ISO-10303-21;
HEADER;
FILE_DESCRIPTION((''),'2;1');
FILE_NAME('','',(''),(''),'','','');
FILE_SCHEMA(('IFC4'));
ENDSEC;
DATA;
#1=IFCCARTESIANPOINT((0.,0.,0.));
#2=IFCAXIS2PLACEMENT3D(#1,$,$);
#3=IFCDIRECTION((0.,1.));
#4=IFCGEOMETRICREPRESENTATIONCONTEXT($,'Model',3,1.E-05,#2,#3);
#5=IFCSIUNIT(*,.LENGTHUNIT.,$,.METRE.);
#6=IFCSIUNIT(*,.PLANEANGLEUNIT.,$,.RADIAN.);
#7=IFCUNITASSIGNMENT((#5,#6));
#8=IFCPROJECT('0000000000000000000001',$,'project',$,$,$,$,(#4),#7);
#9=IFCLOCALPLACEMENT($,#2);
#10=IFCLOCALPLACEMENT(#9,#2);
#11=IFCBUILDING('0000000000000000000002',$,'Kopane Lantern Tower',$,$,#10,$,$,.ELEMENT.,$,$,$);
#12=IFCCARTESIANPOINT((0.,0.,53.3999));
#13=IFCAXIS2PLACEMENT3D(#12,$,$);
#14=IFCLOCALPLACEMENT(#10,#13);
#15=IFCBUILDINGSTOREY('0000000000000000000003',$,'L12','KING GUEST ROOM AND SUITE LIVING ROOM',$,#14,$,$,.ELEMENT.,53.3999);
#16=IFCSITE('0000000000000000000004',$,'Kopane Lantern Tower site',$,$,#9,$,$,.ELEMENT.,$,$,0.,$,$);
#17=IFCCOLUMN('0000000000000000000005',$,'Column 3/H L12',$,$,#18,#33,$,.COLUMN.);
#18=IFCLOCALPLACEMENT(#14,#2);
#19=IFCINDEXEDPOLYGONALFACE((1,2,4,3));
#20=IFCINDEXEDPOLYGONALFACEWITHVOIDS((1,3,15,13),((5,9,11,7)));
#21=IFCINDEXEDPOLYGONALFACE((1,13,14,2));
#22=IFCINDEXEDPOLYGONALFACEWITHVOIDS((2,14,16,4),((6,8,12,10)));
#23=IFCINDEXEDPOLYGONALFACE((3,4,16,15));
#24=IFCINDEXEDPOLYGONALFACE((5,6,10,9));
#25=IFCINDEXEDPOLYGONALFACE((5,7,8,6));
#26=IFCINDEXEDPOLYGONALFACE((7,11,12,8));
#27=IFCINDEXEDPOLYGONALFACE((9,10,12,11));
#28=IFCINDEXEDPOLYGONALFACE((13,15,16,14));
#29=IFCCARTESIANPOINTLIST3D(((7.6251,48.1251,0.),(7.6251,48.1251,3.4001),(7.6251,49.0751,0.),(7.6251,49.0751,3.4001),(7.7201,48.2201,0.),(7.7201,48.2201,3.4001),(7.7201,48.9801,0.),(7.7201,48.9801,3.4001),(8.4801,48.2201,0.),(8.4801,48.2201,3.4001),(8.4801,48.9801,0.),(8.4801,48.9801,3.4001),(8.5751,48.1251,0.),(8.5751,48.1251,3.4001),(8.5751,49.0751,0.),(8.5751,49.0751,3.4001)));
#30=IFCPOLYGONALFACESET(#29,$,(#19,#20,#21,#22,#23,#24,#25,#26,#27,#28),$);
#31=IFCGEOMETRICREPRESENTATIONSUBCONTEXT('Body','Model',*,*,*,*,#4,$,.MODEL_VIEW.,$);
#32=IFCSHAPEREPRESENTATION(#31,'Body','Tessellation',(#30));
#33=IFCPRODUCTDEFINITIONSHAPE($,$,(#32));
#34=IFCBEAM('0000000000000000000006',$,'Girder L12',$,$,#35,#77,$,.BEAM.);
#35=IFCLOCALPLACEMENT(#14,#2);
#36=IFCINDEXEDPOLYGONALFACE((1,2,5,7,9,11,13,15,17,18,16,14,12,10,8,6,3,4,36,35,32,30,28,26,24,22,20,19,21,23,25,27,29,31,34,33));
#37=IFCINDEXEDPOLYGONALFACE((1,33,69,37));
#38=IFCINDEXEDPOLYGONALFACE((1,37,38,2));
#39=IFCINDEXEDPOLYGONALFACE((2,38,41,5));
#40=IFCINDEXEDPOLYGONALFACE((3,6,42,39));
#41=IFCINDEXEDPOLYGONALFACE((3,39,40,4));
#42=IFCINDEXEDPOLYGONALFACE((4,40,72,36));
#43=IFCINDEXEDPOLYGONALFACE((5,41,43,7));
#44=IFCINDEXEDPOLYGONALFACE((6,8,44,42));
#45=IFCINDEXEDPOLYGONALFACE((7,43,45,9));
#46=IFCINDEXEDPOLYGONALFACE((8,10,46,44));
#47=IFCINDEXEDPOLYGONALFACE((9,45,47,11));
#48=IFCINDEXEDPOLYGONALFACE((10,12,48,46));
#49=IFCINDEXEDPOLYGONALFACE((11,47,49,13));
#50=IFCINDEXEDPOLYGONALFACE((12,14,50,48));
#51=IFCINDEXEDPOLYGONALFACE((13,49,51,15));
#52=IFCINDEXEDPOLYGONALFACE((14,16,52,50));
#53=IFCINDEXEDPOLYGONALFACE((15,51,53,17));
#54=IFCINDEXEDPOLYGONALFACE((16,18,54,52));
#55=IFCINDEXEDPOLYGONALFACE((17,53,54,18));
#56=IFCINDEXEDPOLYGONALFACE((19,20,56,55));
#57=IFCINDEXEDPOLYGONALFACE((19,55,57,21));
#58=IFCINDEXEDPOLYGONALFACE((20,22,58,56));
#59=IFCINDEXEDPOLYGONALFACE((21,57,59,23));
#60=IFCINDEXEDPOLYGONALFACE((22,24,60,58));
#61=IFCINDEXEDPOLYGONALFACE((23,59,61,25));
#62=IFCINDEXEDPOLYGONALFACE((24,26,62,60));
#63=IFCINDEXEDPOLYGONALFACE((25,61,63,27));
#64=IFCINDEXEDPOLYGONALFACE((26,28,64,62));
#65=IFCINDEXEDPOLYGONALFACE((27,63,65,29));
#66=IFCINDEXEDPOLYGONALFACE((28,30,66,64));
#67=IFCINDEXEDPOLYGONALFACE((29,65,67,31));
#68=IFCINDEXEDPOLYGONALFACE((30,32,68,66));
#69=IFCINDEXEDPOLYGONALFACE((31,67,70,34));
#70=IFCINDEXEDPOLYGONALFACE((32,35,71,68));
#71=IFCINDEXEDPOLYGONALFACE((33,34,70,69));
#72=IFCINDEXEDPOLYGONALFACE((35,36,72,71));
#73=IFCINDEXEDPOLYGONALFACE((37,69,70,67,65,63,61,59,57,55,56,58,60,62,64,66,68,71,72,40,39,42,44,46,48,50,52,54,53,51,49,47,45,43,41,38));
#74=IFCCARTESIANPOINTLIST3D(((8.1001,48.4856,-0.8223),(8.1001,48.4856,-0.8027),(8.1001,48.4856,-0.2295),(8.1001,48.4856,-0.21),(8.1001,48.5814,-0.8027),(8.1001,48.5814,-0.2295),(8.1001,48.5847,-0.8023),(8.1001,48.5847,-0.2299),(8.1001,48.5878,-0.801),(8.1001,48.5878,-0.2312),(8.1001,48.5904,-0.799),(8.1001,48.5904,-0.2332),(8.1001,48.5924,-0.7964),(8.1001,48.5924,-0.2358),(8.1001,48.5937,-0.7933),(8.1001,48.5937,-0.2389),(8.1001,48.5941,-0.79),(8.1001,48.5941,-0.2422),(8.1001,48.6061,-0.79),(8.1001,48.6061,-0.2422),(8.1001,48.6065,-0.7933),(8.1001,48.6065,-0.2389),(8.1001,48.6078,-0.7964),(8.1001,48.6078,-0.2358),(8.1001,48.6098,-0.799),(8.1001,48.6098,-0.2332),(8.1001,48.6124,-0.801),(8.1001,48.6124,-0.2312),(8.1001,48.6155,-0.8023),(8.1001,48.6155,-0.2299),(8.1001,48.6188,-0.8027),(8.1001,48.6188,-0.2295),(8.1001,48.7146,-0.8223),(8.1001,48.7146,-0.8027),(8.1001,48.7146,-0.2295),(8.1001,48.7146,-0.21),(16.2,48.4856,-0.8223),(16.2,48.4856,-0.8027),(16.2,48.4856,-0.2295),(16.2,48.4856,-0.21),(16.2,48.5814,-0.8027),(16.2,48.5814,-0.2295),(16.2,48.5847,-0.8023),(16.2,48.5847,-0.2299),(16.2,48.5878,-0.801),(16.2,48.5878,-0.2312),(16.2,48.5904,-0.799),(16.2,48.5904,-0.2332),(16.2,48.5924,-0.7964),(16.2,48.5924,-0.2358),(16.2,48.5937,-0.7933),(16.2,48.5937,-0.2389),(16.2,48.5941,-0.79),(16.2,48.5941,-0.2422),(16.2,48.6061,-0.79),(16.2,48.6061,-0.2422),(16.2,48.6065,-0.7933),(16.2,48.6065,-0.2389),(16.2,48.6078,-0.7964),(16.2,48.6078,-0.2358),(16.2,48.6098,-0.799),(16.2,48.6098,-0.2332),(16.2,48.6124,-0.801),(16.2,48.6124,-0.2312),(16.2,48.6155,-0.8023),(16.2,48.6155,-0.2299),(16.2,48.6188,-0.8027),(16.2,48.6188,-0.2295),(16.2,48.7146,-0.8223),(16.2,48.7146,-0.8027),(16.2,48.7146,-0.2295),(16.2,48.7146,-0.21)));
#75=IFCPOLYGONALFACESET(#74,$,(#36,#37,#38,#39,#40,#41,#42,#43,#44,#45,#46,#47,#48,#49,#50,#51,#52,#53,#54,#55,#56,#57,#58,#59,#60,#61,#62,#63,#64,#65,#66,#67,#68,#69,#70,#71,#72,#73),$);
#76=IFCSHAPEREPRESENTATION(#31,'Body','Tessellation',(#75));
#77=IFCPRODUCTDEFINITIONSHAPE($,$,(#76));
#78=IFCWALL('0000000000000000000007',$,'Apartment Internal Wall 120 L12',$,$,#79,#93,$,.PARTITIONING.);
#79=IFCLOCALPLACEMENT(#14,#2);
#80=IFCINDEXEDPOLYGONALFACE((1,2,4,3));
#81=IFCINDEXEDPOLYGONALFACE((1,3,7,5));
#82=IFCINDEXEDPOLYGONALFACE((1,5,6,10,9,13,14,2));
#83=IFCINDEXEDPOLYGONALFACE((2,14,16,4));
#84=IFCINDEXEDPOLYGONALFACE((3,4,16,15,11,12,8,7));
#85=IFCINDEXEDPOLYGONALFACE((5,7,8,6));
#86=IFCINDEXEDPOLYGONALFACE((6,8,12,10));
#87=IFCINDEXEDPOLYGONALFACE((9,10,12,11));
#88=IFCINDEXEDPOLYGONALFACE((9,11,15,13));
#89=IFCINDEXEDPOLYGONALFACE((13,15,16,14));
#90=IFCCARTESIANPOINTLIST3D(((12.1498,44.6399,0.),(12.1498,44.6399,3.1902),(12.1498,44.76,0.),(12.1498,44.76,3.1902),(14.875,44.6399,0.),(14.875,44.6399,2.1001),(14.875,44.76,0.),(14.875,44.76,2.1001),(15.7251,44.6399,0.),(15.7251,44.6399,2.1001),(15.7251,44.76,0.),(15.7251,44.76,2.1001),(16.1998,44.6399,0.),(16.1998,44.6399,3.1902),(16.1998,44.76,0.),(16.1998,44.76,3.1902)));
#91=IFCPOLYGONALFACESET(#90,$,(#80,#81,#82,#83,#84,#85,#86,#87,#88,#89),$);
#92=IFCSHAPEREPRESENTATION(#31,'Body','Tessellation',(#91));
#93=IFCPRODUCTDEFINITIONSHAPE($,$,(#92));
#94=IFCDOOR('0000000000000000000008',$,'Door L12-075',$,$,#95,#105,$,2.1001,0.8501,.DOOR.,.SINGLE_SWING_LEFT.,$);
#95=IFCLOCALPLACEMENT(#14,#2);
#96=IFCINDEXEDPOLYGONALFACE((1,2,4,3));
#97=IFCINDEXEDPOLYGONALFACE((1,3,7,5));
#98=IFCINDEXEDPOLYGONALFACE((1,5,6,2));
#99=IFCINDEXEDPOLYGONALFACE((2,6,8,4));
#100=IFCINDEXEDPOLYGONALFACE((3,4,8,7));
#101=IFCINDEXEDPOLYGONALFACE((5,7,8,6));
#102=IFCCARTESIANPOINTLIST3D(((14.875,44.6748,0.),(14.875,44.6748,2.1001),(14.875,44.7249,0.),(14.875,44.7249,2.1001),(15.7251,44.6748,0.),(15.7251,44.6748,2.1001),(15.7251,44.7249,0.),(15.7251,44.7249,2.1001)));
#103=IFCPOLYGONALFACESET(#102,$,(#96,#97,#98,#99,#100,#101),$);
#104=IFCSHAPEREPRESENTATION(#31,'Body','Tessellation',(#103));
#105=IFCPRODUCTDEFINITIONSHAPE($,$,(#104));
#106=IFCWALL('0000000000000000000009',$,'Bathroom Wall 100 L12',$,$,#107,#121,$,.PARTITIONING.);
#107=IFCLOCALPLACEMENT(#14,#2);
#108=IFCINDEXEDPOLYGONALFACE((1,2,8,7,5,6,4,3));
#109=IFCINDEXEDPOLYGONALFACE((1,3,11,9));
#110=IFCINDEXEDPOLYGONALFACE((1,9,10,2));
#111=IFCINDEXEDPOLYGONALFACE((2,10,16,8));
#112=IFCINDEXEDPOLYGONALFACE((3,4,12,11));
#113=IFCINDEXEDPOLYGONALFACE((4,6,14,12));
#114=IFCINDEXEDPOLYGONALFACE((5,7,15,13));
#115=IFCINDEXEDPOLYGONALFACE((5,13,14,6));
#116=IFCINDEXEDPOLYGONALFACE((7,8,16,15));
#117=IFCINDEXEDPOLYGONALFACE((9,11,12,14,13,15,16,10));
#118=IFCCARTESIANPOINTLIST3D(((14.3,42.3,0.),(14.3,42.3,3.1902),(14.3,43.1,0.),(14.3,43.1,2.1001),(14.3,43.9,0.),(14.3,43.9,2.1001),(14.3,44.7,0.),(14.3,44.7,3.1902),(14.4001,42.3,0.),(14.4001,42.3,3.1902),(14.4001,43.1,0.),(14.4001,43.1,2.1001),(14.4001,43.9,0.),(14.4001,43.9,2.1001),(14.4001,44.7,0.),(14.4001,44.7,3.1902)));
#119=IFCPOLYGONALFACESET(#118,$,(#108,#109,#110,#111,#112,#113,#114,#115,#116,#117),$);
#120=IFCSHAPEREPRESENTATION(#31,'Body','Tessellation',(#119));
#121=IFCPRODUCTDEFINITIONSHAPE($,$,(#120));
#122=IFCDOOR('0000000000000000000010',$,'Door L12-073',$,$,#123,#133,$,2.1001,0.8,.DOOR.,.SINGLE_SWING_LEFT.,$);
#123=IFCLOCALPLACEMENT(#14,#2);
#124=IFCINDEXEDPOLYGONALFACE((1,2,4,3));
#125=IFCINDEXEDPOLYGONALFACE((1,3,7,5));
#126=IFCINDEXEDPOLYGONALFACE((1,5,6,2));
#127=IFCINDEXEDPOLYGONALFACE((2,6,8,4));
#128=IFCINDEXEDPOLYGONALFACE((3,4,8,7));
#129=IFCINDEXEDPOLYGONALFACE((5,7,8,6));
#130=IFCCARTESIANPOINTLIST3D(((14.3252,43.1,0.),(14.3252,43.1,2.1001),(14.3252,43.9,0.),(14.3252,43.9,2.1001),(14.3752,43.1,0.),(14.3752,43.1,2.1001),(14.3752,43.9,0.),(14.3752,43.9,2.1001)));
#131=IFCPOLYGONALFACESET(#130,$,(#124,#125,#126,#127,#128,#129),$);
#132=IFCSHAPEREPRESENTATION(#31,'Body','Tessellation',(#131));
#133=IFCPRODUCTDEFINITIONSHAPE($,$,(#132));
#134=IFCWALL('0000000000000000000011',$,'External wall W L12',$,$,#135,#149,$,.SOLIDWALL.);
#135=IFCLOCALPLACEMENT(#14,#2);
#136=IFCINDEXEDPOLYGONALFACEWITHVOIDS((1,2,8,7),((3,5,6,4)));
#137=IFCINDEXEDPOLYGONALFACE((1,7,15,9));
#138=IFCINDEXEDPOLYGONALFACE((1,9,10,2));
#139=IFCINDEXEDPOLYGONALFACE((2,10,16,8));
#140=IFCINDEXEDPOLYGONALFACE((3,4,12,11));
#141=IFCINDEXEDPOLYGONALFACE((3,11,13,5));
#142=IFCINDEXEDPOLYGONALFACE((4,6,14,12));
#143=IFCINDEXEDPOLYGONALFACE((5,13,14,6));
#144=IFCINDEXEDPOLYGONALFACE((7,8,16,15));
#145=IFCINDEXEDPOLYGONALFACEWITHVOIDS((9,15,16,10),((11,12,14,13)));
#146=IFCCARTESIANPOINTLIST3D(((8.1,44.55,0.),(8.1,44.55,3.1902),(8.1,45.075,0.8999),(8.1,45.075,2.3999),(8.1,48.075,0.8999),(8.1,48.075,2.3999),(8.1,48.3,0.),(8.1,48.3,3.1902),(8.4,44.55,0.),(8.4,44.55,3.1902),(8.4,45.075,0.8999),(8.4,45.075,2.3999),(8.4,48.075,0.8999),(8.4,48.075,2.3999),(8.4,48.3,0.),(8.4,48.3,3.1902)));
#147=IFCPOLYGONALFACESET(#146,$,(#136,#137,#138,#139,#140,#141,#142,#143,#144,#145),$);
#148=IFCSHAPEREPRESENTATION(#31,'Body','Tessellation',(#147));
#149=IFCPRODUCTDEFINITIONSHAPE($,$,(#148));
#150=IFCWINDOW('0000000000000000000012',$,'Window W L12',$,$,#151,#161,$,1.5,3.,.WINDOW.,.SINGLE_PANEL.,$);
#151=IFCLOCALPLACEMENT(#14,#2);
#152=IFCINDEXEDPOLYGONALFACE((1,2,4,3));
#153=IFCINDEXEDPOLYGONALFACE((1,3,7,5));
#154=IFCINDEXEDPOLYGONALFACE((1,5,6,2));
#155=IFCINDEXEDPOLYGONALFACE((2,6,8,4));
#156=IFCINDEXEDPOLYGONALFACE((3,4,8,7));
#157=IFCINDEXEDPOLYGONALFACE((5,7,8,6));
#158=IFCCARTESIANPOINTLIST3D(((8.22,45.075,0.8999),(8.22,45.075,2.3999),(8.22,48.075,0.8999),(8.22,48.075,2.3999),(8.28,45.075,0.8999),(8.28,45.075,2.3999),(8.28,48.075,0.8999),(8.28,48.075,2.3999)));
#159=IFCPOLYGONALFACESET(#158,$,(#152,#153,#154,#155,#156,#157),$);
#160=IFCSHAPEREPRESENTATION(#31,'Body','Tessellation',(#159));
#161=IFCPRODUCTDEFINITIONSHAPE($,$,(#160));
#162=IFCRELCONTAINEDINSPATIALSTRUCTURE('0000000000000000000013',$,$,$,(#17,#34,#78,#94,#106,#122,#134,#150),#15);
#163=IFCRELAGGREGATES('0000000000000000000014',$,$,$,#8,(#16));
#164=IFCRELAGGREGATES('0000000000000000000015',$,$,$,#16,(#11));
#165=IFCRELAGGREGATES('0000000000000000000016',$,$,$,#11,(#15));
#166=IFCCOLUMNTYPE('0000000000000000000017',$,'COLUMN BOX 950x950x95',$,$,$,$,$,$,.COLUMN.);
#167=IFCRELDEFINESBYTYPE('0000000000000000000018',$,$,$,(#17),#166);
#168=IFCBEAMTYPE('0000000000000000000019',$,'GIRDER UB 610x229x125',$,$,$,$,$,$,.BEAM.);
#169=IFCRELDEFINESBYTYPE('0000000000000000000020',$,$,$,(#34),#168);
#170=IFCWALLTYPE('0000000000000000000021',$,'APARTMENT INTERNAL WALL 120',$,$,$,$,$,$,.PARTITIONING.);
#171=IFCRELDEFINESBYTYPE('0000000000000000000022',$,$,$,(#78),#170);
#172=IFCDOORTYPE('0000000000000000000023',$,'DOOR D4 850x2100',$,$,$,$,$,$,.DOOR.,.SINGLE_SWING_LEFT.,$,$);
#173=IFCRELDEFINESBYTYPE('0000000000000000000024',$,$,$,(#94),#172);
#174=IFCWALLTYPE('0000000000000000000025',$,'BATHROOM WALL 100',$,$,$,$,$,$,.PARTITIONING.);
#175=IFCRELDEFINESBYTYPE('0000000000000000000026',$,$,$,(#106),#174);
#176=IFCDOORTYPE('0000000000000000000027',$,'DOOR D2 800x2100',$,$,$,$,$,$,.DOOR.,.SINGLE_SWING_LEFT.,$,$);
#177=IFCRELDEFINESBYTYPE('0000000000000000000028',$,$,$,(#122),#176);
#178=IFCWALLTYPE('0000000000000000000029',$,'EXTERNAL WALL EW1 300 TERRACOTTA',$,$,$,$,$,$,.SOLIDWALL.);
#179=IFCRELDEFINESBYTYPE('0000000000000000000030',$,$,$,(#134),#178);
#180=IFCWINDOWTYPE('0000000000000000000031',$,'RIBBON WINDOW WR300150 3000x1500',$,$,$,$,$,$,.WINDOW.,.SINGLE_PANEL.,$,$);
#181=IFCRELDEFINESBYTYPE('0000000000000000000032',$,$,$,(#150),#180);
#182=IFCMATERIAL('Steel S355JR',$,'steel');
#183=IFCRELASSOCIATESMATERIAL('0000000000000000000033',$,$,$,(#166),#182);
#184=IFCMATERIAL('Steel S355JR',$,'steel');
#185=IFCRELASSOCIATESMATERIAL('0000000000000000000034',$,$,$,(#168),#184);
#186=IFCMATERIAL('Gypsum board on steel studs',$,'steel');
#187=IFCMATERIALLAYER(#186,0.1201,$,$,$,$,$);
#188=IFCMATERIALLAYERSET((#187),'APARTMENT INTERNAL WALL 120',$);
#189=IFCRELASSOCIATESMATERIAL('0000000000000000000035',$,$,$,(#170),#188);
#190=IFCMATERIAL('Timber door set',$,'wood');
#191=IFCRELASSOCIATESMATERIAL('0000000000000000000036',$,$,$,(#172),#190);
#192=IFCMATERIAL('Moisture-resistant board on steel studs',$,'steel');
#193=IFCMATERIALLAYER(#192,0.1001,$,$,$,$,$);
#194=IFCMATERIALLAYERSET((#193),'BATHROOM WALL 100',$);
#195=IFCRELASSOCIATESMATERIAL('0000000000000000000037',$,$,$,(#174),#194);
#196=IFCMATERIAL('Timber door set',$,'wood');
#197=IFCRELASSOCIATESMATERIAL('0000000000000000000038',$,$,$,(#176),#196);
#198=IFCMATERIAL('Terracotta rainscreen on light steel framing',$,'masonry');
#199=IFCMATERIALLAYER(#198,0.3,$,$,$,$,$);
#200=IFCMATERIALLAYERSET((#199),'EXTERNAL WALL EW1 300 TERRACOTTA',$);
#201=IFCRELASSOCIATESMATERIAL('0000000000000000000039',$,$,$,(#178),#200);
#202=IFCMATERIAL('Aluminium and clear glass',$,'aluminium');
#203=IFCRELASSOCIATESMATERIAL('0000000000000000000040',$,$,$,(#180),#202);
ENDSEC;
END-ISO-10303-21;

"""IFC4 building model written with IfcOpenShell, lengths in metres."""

from ifc_helpers import new_model, si_unit, direction, frame, frame_2d, origin, origin_2d, place, context, subcontext, project, spatial, rectangle, hollow_rectangle, i_section, extrude, material, layer, layer_set, material_profile, profile_set, type_object, element, fill, save


model = new_model("IFC4")

# Units and contexts
model_context = context("Model", 3, precision=1e-05, world=origin(), true_north=direction((0.0, 1.0)))
body_context = subcontext(model_context, "Body", "Model", "MODEL_VIEW")
ifc_project = project(units=[si_unit("LENGTHUNIT", "METRE"), si_unit("PLANEANGLEUNIT", "RADIAN")], contexts=[model_context])

# Site, building, storey
site_placement = place(None, origin())
site = spatial("IfcSite", under=ifc_project, at=site_placement, Name="Kopane Lantern Tower site", CompositionType="ELEMENT", RefElevation=0.0)
building_placement = place(site_placement, origin())
building = spatial("IfcBuilding", under=site, at=building_placement, Name="Kopane Lantern Tower", CompositionType="ELEMENT")
storey_placement = place(building_placement, frame((0.0, 0.0, 53.3999)))
storey = spatial("IfcBuildingStorey", under=building, at=storey_placement, Name="L12", Description="KING GUEST ROOM AND SUITE LIVING ROOM", CompositionType="ELEMENT", Elevation=53.3999)

# Column
ifc_material_1 = material(Name="Steel S355JR", Category="steel")
ifc_material_profile_1 = material_profile(ifc_material_1, hollow_rectangle(XDim=0.95, YDim=0.95, WallThickness=0.095, at=origin_2d()), Name="BOX 950x950x95")
ifc_profile_set_1 = profile_set([ifc_material_profile_1], Name="Steel S355JR")
column_type = type_object("IfcColumnType", Name="COLUMN BOX 950x950x95", PredefinedType="COLUMN", material=ifc_profile_set_1)
column_placement = place(storey_placement, frame((8.1001, 48.6001, 0.0), z_axis=(0.0, 0.0, 1.0), x_axis=(1.0, 0.0, 0.0)))
element("IfcColumn", 1, at=column_placement, inside=storey, type_object=column_type, Name="Column 3/H L12", PredefinedType="COLUMN", context=body_context, shape_type="SweptSolid", body=[
    extrude(hollow_rectangle(XDim=0.95, YDim=0.95, WallThickness=0.095, at=origin_2d()), origin(), (0.0, 0.0, 1.0), 3.4001),
])

# Beam
ifc_material_2 = material(Name="Steel S355JR", Category="steel")
ifc_material_profile_2 = material_profile(ifc_material_2, i_section(OverallWidth=0.229, OverallDepth=0.6123, WebThickness=0.012, FlangeThickness=0.0195, FilletRadius=0.0127, at=origin_2d()), Name="UB 610x229x125")
ifc_profile_set_2 = profile_set([ifc_material_profile_2], Name="Steel S355JR")
beam_type = type_object("IfcBeamType", Name="GIRDER UB 610x229x125", PredefinedType="BEAM", material=ifc_profile_set_2)
beam_placement = place(storey_placement, frame((8.1001, 48.6001, -0.5161), z_axis=(1.0, 0.0, 0.0), x_axis=(0.0, 1.0, 0.0)))
element("IfcBeam", 2, at=beam_placement, inside=storey, type_object=beam_type, Name="Girder L12", PredefinedType="BEAM", context=body_context, shape_type="SweptSolid", body=[
    extrude(i_section(OverallWidth=0.229, OverallDepth=0.6123, WebThickness=0.012, FlangeThickness=0.0195, FilletRadius=0.0127, at=origin_2d()), origin(), (0.0, 0.0, 1.0), 8.0999),
])

# Walls, openings, doors
ifc_material_3 = material(Name="Gypsum board on steel studs", Category="steel")
ifc_layer_1 = layer(ifc_material_3, 0.1201)
ifc_layer_set_1 = layer_set([ifc_layer_1], Name="APARTMENT INTERNAL WALL 120")
wall_type_1 = type_object("IfcWallType", Name="APARTMENT INTERNAL WALL 120", PredefinedType="PARTITIONING", material=ifc_layer_set_1)
wall_1_placement = place(storey_placement, frame((12.1499, 44.7, 0.0), z_axis=(0.0, 0.0, 1.0), x_axis=(1.0, 0.0, 0.0)))
wall_1 = element("IfcWall", 3, at=wall_1_placement, inside=storey, type_object=wall_type_1, Name="Apartment Internal Wall 120 L12", PredefinedType="PARTITIONING", context=body_context, shape_type="SweptSolid", body=[
    extrude(rectangle(XDim=4.05, YDim=0.1201, at=frame_2d((2.0249, 0.0))), origin(), (0.0, 0.0, 1.0), 3.1902),
])
opening_1_placement = place(wall_1_placement, frame((2.7251, 0.0, 0.0)))
opening_1 = element("IfcOpeningElement", 4, at=opening_1_placement, cuts=wall_1, PredefinedType="OPENING", context=body_context, shape_type="SweptSolid", body=[
    extrude(rectangle(XDim=0.8501, YDim=2.1001, at=frame_2d((0.425, 1.05))), frame((0.0, 0.0701, 0.0), z_axis=(0.0, -1.0, 0.0), x_axis=(1.0, 0.0, 0.0)), (0.0, 0.0, 1.0), 0.1401),
])
ifc_material_4 = material(Name="Timber door set", Category="wood")
door_type_1 = type_object("IfcDoorType", Name="DOOR D4 850x2100", OperationType="SINGLE_SWING_LEFT", PredefinedType="DOOR", material=ifc_material_4)
door_1_placement = place(opening_1_placement, origin())
door_1 = element("IfcDoor", 5, at=door_1_placement, inside=storey, type_object=door_type_1, Name="Door L12-075", OperationType="SINGLE_SWING_LEFT", OverallHeight=2.1001, OverallWidth=0.8501, PredefinedType="DOOR", context=body_context, shape_type="SweptSolid", body=[
    extrude(rectangle(XDim=0.8501, YDim=2.1001, at=frame_2d((0.425, 1.05))), frame((0.0, 0.0249, 0.0), z_axis=(0.0, -1.0, 0.0), x_axis=(1.0, 0.0, 0.0)), (0.0, 0.0, 1.0), 0.05),
])
fill(opening_1, door_1)
ifc_material_5 = material(Name="Moisture-resistant board on steel studs", Category="steel")
ifc_layer_2 = layer(ifc_material_5, 0.1001)
ifc_layer_set_2 = layer_set([ifc_layer_2], Name="BATHROOM WALL 100")
wall_type_2 = type_object("IfcWallType", Name="BATHROOM WALL 100", PredefinedType="PARTITIONING", material=ifc_layer_set_2)
wall_2_placement = place(storey_placement, frame((14.3501, 42.3, 0.0), z_axis=(0.0, 0.0, 1.0), x_axis=(0.0, 1.0, 0.0)))
wall_2 = element("IfcWall", 6, at=wall_2_placement, inside=storey, type_object=wall_type_2, Name="Bathroom Wall 100 L12", PredefinedType="PARTITIONING", context=body_context, shape_type="SweptSolid", body=[
    extrude(rectangle(XDim=2.3999, YDim=0.1001, at=frame_2d((1.2, 0.0))), origin(), (0.0, 0.0, 1.0), 3.1902),
])
opening_2_placement = place(wall_2_placement, frame((0.8, 0.0, 0.0)))
opening_2 = element("IfcOpeningElement", 7, at=opening_2_placement, cuts=wall_2, PredefinedType="OPENING", context=body_context, shape_type="SweptSolid", body=[
    extrude(rectangle(XDim=0.8, YDim=2.1001, at=frame_2d((0.3999, 1.05))), frame((0.0, 0.0601, 0.0), z_axis=(0.0, -1.0, 0.0), x_axis=(1.0, 0.0, 0.0)), (0.0, 0.0, 1.0), 0.1201),
])
ifc_material_6 = material(Name="Timber door set", Category="wood")
door_type_2 = type_object("IfcDoorType", Name="DOOR D2 800x2100", OperationType="SINGLE_SWING_LEFT", PredefinedType="DOOR", material=ifc_material_6)
door_2_placement = place(opening_2_placement, origin())
door_2 = element("IfcDoor", 8, at=door_2_placement, inside=storey, type_object=door_type_2, Name="Door L12-073", OperationType="SINGLE_SWING_LEFT", OverallHeight=2.1001, OverallWidth=0.8, PredefinedType="DOOR", context=body_context, shape_type="SweptSolid", body=[
    extrude(rectangle(XDim=0.8, YDim=2.1001, at=frame_2d((0.3999, 1.05))), frame((0.0, 0.0249, 0.0), z_axis=(0.0, -1.0, 0.0), x_axis=(1.0, 0.0, 0.0)), (0.0, 0.0, 1.0), 0.05),
])
fill(opening_2, door_2)

# Wall, opening, window
ifc_material_7 = material(Name="Terracotta rainscreen on light steel framing", Category="masonry")
ifc_layer_3 = layer(ifc_material_7, 0.3)
ifc_layer_set_3 = layer_set([ifc_layer_3], Name="EXTERNAL WALL EW1 300 TERRACOTTA")
wall_type_3 = type_object("IfcWallType", Name="EXTERNAL WALL EW1 300 TERRACOTTA", PredefinedType="SOLIDWALL", material=ifc_layer_set_3)
wall_3_placement = place(storey_placement, frame((8.25, 48.3, 0.0), z_axis=(0.0, 0.0, 1.0), x_axis=(0.0, -1.0, 0.0)))
wall_3 = element("IfcWall", 9, at=wall_3_placement, inside=storey, type_object=wall_type_3, Name="External wall W L12", PredefinedType="SOLIDWALL", context=body_context, shape_type="SweptSolid", body=[
    extrude(rectangle(XDim=3.75, YDim=0.3, at=frame_2d((1.875, 0.0))), origin(), (0.0, 0.0, 1.0), 3.1902),
])
opening_3_placement = place(wall_3_placement, frame((0.2251, 0.0, 0.8999)))
opening_3 = element("IfcOpeningElement", 10, at=opening_3_placement, cuts=wall_3, PredefinedType="OPENING", context=body_context, shape_type="SweptSolid", body=[
    extrude(rectangle(XDim=3.0, YDim=1.5, at=frame_2d((1.5, 0.75))), frame((0.0, 0.1599, 0.0), z_axis=(0.0, -1.0, 0.0), x_axis=(1.0, 0.0, 0.0)), (0.0, 0.0, 1.0), 0.3201),
])
ifc_material_8 = material(Name="Aluminium and clear glass", Category="aluminium")
window_type = type_object("IfcWindowType", Name="RIBBON WINDOW WR300150 3000x1500", PartitioningType="SINGLE_PANEL", PredefinedType="WINDOW", material=ifc_material_8)
window_1_placement = place(opening_3_placement, origin())
window_1 = element("IfcWindow", 11, at=window_1_placement, inside=storey, type_object=window_type, Name="Window W L12", OverallHeight=1.5, OverallWidth=3.0, PartitioningType="SINGLE_PANEL", PredefinedType="WINDOW", context=body_context, shape_type="SweptSolid", body=[
    extrude(rectangle(XDim=3.0, YDim=1.5, at=frame_2d((1.5, 0.75))), frame((0.0, 0.03, 0.0), z_axis=(0.0, -1.0, 0.0), x_axis=(1.0, 0.0, 0.0)), (0.0, 0.0, 1.0), 0.0601),
])
fill(opening_3, window_1)

save(model, "model.ifc")
